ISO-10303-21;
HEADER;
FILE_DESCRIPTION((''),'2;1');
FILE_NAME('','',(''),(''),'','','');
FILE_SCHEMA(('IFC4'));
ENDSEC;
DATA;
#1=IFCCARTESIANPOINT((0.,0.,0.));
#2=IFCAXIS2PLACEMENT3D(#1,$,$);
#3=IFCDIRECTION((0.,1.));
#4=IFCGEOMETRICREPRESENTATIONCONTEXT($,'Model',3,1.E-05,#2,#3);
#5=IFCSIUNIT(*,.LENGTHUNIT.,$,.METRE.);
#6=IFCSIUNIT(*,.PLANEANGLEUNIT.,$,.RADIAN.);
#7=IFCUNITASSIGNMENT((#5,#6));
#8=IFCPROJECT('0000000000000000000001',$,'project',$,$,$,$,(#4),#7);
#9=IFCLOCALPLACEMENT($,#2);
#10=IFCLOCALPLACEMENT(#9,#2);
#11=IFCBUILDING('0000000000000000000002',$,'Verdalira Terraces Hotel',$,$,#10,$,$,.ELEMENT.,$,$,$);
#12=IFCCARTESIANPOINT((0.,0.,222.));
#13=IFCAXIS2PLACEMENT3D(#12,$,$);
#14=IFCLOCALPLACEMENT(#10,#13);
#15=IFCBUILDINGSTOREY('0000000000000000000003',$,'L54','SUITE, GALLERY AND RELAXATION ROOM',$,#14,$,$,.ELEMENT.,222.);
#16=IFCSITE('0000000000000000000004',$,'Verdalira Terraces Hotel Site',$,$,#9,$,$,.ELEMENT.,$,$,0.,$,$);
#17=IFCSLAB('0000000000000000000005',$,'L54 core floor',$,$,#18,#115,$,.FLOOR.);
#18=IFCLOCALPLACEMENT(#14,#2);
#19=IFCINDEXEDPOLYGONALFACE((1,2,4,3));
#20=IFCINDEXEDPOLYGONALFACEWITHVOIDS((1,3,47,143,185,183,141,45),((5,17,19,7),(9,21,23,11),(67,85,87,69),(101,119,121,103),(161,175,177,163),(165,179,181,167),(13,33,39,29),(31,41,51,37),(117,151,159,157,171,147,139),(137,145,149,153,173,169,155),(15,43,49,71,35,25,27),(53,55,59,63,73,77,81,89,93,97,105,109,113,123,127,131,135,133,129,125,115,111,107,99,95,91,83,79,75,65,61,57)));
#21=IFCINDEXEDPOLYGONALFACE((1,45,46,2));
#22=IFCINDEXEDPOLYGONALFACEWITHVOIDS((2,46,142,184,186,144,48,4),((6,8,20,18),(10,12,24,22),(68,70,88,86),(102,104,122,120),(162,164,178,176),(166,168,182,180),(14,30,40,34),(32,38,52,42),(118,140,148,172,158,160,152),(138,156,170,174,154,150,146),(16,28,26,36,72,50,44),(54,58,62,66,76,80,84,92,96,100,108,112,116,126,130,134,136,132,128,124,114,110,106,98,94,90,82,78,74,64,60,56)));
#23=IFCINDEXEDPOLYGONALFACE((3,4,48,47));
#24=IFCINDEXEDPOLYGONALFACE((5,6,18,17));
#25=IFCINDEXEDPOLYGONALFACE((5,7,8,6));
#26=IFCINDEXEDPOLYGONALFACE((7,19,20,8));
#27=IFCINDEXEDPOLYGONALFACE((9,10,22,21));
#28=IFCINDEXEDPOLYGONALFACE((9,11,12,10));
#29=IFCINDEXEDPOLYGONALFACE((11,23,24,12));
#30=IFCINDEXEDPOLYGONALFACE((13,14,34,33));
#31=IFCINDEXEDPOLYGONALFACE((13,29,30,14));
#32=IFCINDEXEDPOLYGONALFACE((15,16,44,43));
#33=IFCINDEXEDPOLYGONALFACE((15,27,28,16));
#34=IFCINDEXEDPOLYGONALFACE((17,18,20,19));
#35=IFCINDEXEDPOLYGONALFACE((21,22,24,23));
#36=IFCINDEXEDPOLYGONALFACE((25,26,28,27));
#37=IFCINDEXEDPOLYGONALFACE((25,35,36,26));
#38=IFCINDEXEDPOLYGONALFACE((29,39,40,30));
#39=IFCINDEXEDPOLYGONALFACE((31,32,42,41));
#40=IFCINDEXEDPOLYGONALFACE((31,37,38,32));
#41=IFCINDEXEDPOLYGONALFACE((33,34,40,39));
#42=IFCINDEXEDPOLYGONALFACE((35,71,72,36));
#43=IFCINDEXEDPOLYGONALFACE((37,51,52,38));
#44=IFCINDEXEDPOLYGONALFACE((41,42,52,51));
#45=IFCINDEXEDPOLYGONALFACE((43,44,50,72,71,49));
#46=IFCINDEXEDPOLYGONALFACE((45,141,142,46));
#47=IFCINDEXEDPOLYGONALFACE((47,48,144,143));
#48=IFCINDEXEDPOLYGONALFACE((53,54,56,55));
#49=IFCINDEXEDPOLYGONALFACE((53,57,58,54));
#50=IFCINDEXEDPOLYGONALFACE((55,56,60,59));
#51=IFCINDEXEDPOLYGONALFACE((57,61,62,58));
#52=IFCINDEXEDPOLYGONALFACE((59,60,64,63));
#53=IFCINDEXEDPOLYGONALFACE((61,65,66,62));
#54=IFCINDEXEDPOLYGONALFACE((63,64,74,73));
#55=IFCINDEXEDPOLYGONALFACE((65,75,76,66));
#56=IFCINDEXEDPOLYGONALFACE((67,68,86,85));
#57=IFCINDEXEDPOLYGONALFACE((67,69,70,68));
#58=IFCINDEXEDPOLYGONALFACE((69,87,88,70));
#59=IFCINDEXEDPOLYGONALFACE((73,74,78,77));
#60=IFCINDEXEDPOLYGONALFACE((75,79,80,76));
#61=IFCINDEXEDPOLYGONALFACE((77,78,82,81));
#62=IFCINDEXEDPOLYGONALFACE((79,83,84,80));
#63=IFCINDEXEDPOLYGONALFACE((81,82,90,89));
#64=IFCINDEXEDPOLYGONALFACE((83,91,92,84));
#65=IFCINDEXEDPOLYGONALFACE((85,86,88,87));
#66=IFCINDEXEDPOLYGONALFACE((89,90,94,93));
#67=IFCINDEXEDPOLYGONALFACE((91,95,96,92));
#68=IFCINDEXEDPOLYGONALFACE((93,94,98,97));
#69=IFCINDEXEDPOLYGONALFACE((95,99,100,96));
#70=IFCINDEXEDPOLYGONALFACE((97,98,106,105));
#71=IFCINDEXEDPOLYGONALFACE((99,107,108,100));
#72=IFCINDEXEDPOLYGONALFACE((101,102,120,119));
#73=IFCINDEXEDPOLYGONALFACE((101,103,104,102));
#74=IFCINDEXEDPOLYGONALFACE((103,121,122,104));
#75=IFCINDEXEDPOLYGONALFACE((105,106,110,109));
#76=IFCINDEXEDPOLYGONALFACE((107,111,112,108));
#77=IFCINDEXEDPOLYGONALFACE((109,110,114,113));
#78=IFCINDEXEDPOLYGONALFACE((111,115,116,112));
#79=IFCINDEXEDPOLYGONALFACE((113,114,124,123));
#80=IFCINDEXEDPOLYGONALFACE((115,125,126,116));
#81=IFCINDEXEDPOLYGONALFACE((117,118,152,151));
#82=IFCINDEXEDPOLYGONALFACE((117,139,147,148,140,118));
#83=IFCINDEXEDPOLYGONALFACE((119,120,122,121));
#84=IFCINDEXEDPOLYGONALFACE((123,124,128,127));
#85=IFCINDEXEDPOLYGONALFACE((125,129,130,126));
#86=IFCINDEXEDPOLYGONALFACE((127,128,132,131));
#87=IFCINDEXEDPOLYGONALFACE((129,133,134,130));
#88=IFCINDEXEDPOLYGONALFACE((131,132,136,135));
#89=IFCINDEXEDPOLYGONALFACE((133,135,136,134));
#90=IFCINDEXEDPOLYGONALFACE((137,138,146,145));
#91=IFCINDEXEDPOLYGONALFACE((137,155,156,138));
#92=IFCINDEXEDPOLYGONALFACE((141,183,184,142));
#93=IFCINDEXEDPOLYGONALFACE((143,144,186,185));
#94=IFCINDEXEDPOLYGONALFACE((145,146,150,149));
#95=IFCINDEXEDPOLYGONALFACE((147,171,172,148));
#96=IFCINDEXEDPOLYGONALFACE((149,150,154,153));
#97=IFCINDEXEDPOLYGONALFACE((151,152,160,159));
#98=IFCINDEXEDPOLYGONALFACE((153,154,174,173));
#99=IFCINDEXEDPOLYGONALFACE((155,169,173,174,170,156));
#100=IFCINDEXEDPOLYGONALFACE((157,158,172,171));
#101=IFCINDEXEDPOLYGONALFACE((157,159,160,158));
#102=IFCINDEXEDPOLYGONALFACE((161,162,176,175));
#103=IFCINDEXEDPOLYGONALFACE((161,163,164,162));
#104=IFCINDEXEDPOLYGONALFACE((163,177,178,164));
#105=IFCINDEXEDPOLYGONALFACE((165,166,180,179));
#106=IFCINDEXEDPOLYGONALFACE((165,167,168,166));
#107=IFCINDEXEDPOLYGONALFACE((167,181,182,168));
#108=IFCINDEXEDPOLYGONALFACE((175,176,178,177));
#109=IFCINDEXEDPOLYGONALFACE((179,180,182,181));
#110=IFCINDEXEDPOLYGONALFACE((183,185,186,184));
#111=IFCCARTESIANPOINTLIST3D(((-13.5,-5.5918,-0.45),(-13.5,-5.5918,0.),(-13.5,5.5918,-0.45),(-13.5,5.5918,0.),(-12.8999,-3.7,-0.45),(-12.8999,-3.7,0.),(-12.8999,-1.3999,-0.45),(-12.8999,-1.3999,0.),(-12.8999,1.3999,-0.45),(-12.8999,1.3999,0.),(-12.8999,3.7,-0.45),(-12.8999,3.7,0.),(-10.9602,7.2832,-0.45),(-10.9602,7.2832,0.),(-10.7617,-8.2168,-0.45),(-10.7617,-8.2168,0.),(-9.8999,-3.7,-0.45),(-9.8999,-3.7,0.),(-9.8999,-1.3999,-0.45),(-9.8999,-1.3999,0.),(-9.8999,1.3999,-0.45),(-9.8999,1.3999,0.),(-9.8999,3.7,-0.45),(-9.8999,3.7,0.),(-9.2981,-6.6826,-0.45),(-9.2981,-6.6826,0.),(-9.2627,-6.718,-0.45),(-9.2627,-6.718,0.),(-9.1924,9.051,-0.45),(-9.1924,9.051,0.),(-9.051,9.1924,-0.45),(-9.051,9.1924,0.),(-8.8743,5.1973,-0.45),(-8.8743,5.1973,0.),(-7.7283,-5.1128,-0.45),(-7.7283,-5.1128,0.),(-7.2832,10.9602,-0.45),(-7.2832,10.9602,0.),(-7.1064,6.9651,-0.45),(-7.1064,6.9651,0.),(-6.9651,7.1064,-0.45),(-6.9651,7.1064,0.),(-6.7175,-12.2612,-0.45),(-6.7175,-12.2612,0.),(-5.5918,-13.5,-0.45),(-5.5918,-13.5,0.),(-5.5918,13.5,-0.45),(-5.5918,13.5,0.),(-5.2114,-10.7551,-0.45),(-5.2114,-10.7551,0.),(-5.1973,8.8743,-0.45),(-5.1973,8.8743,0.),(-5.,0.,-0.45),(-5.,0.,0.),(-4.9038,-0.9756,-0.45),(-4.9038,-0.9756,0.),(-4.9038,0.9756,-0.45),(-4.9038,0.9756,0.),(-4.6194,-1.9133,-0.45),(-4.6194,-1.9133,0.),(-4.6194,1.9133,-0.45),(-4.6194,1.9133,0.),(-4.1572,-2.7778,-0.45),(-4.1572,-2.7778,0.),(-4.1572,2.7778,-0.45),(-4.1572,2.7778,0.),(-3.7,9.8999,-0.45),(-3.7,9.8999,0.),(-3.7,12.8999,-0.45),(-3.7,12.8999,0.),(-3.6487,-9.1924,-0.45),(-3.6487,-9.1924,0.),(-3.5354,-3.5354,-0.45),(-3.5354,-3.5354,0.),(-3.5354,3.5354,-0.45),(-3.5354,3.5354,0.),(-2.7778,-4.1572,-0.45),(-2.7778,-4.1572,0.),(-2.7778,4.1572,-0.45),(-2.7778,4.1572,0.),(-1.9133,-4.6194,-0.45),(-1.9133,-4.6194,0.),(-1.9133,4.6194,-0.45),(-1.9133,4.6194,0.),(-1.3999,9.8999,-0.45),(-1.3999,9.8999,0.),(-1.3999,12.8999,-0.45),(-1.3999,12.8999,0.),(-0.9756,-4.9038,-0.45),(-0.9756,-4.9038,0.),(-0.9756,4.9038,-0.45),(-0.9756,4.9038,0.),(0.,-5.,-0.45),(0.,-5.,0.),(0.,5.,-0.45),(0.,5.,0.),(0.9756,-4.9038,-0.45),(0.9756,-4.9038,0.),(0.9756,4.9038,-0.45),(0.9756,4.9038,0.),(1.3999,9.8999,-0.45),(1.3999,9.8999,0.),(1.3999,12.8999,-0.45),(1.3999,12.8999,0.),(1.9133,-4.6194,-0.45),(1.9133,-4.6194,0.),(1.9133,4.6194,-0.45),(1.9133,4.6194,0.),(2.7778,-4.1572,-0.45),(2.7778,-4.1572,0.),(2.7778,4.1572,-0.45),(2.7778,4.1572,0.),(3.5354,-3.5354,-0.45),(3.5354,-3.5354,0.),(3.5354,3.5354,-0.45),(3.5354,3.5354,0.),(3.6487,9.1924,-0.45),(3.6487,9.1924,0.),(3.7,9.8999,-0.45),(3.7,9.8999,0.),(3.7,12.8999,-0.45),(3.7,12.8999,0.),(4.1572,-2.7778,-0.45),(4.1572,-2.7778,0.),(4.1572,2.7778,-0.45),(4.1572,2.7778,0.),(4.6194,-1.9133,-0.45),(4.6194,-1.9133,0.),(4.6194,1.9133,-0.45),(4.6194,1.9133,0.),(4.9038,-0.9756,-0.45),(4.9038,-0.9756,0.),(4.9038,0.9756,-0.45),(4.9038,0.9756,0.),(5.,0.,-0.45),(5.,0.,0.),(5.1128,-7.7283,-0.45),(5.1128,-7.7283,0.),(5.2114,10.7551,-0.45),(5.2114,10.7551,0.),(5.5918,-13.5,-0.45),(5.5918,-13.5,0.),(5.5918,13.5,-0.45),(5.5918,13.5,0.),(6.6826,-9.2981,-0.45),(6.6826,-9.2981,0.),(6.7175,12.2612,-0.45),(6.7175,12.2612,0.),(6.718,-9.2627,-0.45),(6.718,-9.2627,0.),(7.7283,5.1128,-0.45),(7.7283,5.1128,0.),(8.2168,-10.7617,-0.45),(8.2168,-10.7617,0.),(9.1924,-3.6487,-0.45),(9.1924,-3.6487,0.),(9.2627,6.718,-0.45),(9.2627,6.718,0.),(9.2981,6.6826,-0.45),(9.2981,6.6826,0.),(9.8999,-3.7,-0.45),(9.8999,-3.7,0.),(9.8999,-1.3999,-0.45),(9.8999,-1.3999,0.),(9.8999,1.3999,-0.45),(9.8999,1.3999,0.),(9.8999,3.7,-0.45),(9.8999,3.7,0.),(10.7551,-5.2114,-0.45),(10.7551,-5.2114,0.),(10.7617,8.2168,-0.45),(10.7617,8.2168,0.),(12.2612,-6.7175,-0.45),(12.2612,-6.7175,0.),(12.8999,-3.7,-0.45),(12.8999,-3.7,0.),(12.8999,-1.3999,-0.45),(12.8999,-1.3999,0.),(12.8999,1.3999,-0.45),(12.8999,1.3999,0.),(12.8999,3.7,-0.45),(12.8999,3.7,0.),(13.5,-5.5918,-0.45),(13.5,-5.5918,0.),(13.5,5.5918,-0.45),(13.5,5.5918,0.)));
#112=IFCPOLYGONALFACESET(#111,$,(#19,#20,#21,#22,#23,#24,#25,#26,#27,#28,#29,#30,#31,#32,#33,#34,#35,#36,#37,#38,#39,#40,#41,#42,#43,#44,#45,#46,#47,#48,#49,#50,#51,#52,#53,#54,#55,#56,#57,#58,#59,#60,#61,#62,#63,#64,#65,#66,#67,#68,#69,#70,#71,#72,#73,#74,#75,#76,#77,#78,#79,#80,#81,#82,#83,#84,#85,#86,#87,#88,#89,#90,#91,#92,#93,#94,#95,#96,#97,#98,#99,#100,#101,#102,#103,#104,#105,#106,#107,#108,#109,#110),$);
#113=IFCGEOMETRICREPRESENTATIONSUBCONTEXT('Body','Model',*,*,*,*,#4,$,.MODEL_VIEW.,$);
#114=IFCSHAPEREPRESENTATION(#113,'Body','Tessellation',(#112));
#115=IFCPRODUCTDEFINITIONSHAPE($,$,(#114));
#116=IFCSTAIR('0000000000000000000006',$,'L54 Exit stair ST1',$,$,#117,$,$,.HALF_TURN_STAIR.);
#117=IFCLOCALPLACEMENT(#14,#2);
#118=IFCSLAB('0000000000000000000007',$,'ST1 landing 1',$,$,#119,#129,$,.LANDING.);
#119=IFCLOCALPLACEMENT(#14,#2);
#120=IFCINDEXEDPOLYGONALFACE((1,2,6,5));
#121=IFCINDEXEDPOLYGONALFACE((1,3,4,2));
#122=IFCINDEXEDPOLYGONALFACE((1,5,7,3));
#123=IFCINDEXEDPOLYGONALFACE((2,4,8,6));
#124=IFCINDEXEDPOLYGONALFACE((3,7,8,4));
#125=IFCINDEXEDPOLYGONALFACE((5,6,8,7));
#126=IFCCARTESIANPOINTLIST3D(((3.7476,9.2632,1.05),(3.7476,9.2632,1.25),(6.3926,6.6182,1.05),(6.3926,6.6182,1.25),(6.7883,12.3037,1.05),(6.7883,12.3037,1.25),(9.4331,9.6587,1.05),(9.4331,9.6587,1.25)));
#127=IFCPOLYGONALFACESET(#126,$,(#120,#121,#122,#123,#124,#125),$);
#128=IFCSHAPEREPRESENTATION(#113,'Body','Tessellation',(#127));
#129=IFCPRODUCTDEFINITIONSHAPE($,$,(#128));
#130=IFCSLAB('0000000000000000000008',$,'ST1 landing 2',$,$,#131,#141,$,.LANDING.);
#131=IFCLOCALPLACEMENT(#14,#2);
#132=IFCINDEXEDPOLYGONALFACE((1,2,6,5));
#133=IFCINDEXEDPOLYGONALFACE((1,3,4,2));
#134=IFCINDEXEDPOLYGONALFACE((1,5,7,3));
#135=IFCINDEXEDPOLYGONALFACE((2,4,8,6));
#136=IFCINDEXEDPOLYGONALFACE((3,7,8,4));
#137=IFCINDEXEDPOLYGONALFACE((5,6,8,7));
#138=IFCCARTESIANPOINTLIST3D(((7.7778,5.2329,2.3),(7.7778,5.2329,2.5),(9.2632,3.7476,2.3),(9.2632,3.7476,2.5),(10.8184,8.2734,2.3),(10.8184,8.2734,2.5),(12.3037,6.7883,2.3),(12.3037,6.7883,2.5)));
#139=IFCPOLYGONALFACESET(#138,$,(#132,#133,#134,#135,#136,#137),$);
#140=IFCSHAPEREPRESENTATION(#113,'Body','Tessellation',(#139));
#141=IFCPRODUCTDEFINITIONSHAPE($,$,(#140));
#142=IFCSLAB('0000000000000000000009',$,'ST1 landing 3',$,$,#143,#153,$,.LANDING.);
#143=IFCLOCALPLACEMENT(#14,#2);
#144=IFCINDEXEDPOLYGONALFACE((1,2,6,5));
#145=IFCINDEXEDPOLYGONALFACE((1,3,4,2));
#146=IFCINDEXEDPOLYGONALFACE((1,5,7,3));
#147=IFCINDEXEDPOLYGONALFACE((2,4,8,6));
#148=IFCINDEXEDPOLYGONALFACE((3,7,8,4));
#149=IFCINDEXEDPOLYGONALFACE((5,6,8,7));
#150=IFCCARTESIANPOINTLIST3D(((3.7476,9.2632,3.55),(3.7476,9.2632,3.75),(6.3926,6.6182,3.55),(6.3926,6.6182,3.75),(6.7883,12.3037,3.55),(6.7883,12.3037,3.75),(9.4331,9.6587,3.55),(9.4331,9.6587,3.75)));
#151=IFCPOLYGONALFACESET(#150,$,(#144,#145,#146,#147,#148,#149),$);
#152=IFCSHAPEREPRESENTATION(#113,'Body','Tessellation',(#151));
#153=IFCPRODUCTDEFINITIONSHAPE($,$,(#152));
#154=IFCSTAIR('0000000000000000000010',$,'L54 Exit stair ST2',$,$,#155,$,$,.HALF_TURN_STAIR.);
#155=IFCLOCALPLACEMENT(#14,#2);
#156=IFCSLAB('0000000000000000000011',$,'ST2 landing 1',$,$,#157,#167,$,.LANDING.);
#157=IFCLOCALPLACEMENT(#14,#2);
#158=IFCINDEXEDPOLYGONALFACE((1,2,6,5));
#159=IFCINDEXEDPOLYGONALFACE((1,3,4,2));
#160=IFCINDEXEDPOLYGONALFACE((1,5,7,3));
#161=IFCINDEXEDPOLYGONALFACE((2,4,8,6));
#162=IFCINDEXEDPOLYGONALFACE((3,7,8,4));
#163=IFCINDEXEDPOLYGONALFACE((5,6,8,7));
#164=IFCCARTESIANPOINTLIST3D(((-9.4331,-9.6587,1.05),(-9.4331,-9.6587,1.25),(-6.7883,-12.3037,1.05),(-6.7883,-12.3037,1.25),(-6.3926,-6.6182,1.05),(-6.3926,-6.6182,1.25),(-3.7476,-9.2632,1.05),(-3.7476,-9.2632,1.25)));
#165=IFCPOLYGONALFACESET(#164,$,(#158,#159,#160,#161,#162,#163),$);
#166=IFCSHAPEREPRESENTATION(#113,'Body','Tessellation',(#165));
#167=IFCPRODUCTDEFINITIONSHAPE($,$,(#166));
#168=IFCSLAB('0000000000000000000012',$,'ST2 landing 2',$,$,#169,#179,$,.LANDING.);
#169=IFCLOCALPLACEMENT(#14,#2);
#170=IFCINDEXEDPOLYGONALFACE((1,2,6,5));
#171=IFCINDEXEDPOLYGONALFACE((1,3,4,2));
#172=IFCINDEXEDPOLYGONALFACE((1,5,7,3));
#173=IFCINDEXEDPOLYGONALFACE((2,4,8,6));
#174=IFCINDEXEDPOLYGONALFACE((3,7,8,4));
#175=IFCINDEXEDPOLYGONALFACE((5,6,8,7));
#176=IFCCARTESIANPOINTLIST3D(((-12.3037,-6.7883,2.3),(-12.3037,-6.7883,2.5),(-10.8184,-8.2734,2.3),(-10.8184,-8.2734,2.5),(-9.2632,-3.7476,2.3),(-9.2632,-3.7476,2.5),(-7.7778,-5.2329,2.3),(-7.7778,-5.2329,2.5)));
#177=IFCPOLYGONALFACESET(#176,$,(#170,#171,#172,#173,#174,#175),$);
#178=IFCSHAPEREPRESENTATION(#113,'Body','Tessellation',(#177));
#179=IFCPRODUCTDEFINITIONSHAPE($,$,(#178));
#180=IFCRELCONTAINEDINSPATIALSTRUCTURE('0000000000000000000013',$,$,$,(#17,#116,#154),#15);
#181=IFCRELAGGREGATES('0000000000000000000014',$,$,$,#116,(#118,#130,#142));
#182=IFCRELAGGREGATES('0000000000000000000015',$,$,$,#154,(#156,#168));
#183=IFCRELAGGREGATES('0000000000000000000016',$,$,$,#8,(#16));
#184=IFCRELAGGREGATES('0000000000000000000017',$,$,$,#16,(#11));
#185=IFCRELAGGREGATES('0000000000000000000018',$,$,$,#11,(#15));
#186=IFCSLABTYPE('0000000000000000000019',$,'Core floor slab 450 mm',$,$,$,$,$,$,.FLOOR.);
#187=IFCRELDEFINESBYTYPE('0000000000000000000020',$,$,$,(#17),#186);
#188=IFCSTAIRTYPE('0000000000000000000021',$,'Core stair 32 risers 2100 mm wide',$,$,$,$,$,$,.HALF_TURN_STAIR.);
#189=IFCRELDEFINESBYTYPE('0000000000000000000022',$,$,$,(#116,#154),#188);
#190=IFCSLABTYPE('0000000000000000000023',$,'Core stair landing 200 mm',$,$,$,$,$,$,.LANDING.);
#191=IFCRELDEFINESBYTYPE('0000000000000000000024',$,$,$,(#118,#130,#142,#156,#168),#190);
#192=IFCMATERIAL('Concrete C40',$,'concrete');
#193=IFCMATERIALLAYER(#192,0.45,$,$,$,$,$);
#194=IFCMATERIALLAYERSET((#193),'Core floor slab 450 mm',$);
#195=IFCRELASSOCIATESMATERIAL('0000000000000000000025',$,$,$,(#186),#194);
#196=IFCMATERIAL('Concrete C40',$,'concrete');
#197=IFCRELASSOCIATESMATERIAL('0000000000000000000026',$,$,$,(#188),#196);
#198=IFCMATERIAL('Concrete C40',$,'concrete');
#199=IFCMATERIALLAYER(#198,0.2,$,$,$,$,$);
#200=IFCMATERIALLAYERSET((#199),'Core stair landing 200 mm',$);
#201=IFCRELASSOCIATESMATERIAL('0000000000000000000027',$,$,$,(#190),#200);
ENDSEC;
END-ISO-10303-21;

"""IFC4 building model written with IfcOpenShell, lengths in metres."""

from ifc_helpers import new_model, si_unit, direction, frame, origin, place, context, subcontext, project, spatial, polyline, outline, extrude, material, layer, layer_set, type_object, element, aggregate, save


model = new_model("IFC4")

# Units and contexts
model_context = context("Model", 3, precision=1e-05, world=origin(), true_north=direction((0.0, 1.0)))
body_context = subcontext(model_context, "Body", "Model", "MODEL_VIEW")
ifc_project = project(units=[si_unit("LENGTHUNIT", "METRE"), si_unit("PLANEANGLEUNIT", "RADIAN")], contexts=[model_context])

# Site, building, storey
site_placement = place(None, origin())
site = spatial("IfcSite", under=ifc_project, at=site_placement, Name="Verdalira Terraces Hotel Site", CompositionType="ELEMENT", RefElevation=0.0)
building_placement = place(site_placement, origin())
building = spatial("IfcBuilding", under=site, at=building_placement, Name="Verdalira Terraces Hotel", CompositionType="ELEMENT")
storey_placement = place(building_placement, frame((0.0, 0.0, 222.0)))
storey = spatial("IfcBuildingStorey", under=building, at=storey_placement, Name="L54", Description="SUITE, GALLERY AND RELAXATION ROOM", CompositionType="ELEMENT", Elevation=222.0)

# Slab
ifc_material_1 = material(Name="Concrete C40", Category="concrete")
ifc_layer_1 = layer(ifc_material_1, 0.45)
ifc_layer_set_1 = layer_set([ifc_layer_1], Name="Core floor slab 450 mm")
slab_type_1 = type_object("IfcSlabType", Name="Core floor slab 450 mm", PredefinedType="FLOOR", material=ifc_layer_set_1)
slab_1_placement = place(storey_placement, frame((0.0, 0.0, -0.45)))
element("IfcSlab", 1, at=slab_1_placement, inside=storey, type_object=slab_type_1, Name="L54 core floor", PredefinedType="FLOOR", context=body_context, shape_type="SweptSolid", body=[
    extrude(outline(polyline([(-13.5, -5.5918), (-13.5, 5.5918), (-5.5918, 13.5), (5.5918, 13.5), (13.5, 5.5918), (13.5, -5.5918), (5.5918, -13.5), (-5.5918, -13.5), (-13.5, -5.5918)]), holes=[polyline([(9.8999, -1.3999), (9.8999, -3.7), (12.8999, -3.7), (12.8999, -1.3999), (9.8999, -1.3999)]), polyline([(9.8999, 3.7), (9.8999, 1.3999), (12.8999, 1.3999), (12.8999, 3.7), (9.8999, 3.7)]), polyline([(3.7, 12.8999), (1.3999, 12.8999), (1.3999, 9.8999), (3.7, 9.8999), (3.7, 12.8999)]), polyline([(-1.3999, 12.8999), (-3.7, 12.8999), (-3.7, 9.8999), (-1.3999, 9.8999), (-1.3999, 12.8999)]), polyline([(-9.8999, 1.3999), (-9.8999, 3.7), (-12.8999, 3.7), (-12.8999, 1.3999), (-9.8999, 1.3999)]), polyline([(-9.8999, -3.7), (-9.8999, -1.3999), (-12.8999, -1.3999), (-12.8999, -3.7), (-9.8999, -3.7)]), polyline([(-9.051, 9.1924), (-6.9651, 7.1064), (-5.1973, 8.8743), (-7.2832, 10.9602), (-9.051, 9.1924)]), polyline([(-9.1924, 9.051), (-10.9602, 7.2832), (-8.8743, 5.1973), (-7.1064, 6.9651), (-9.1924, 9.051)]), polyline([(3.5354, 3.5354), (2.7778, 4.1572), (1.9133, 4.6194), (0.9756, 4.9038), (0.0, 5.0), (-0.9756, 4.9038), (-1.9133, 4.6194), (-2.7778, 4.1572), (-3.5354, 3.5354), (-4.1572, 2.7778), (-4.6194, 1.9133), (-4.9038, 0.9756), (-5.0, 0.0), (-4.9038, -0.9756), (-4.6194, -1.9133), (-4.1572, -2.7778), (-3.5354, -3.5354), (-2.7778, -4.1572), (-1.9133, -4.6194), (-0.9756, -4.9038), (0.0, -5.0), (0.9756, -4.9038), (1.9133, -4.6194), (2.7778, -4.1572), (3.5354, -3.5354), (4.1572, -2.7778), (4.6194, -1.9133), (4.9038, -0.9756), (5.0, 0.0), (4.9038, 0.9756), (4.6194, 1.9133), (4.1572, 2.7778), (3.5354, 3.5354)]), polyline([(6.7175, 12.2612), (5.2114, 10.7551), (5.2114, 10.7551), (3.6487, 9.1924), (7.7283, 5.1128), (9.2981, 6.6826), (9.2627, 6.718), (10.7617, 8.2168), (6.7175, 12.2612)]), polyline([(-3.6487, -9.1924), (-7.7283, -5.1128), (-9.2981, -6.6826), (-9.2627, -6.718), (-10.7617, -8.2168), (-6.7175, -12.2612), (-5.2114, -10.7551), (-5.2114, -10.7551), (-3.6487, -9.1924)]), polyline([(10.7551, -5.2114), (9.1924, -3.6487), (5.1128, -7.7283), (6.6826, -9.2981), (6.718, -9.2627), (8.2168, -10.7617), (12.2612, -6.7175), (10.7551, -5.2114), (10.7551, -5.2114)])]), origin(), (0.0, 0.0, 1.0), 0.45),
])

# Stairs, slabs
ifc_material_2 = material(Name="Concrete C40", Category="concrete")
stair_type = type_object("IfcStairType", Name="Core stair 32 risers 2100 mm wide", PredefinedType="HALF_TURN_STAIR", material=ifc_material_2)
stair_1_placement = place(storey_placement, origin())
stair_1 = element("IfcStair", 2, at=stair_1_placement, inside=storey, type_object=stair_type, Name="L54 Exit stair ST1", PredefinedType="HALF_TURN_STAIR")
ifc_material_3 = material(Name="Concrete C40", Category="concrete")
ifc_layer_2 = layer(ifc_material_3, 0.2)
ifc_layer_set_2 = layer_set([ifc_layer_2], Name="Core stair landing 200 mm")
slab_type_2 = type_object("IfcSlabType", Name="Core stair landing 200 mm", PredefinedType="LANDING", material=ifc_layer_set_2)
slab_2_placement = place(storey_placement, frame((0.0, 0.0, 1.05)))
slab_2 = element("IfcSlab", 3, at=slab_2_placement, type_object=slab_type_2, Name="ST1 landing 1", PredefinedType="LANDING", context=body_context, shape_type="SweptSolid", body=[
    extrude(outline(polyline([(9.4331, 9.6587), (6.7883, 12.3037), (3.7476, 9.2632), (6.3926, 6.6182), (9.4331, 9.6587)])), origin(), (0.0, 0.0, 1.0), 0.2),
])
slab_3_placement = place(storey_placement, frame((0.0, 0.0, 2.3)))
slab_3 = element("IfcSlab", 4, at=slab_3_placement, type_object=slab_type_2, Name="ST1 landing 2", PredefinedType="LANDING", context=body_context, shape_type="SweptSolid", body=[
    extrude(outline(polyline([(12.3037, 6.7883), (10.8184, 8.2734), (7.7778, 5.2329), (9.2632, 3.7476), (12.3037, 6.7883)])), origin(), (0.0, 0.0, 1.0), 0.2),
])
slab_4_placement = place(storey_placement, frame((0.0, 0.0, 3.55)))
slab_4 = element("IfcSlab", 5, at=slab_4_placement, type_object=slab_type_2, Name="ST1 landing 3", PredefinedType="LANDING", context=body_context, shape_type="SweptSolid", body=[
    extrude(outline(polyline([(9.4331, 9.6587), (6.7883, 12.3037), (3.7476, 9.2632), (6.3926, 6.6182), (9.4331, 9.6587)])), origin(), (0.0, 0.0, 1.0), 0.2),
])
aggregate(stair_1, [slab_2, slab_3, slab_4])
stair_2_placement = place(storey_placement, origin())
stair_2 = element("IfcStair", 6, at=stair_2_placement, inside=storey, type_object=stair_type, Name="L54 Exit stair ST2", PredefinedType="HALF_TURN_STAIR")
slab_5_placement = place(storey_placement, frame((0.0, 0.0, 1.05)))
slab_5 = element("IfcSlab", 7, at=slab_5_placement, type_object=slab_type_2, Name="ST2 landing 1", PredefinedType="LANDING", context=body_context, shape_type="SweptSolid", body=[
    extrude(outline(polyline([(-9.4331, -9.6587), (-6.7883, -12.3037), (-3.7476, -9.2632), (-6.3926, -6.6182), (-9.4331, -9.6587)])), origin(), (0.0, 0.0, 1.0), 0.2),
])
slab_6_placement = place(storey_placement, frame((0.0, 0.0, 2.3)))
slab_6 = element("IfcSlab", 8, at=slab_6_placement, type_object=slab_type_2, Name="ST2 landing 2", PredefinedType="LANDING", context=body_context, shape_type="SweptSolid", body=[
    extrude(outline(polyline([(-12.3037, -6.7883), (-10.8184, -8.2734), (-7.7778, -5.2329), (-9.2632, -3.7476), (-12.3037, -6.7883)])), origin(), (0.0, 0.0, 1.0), 0.2),
])
aggregate(stair_2, [slab_5, slab_6])

save(model, "model.ifc")
